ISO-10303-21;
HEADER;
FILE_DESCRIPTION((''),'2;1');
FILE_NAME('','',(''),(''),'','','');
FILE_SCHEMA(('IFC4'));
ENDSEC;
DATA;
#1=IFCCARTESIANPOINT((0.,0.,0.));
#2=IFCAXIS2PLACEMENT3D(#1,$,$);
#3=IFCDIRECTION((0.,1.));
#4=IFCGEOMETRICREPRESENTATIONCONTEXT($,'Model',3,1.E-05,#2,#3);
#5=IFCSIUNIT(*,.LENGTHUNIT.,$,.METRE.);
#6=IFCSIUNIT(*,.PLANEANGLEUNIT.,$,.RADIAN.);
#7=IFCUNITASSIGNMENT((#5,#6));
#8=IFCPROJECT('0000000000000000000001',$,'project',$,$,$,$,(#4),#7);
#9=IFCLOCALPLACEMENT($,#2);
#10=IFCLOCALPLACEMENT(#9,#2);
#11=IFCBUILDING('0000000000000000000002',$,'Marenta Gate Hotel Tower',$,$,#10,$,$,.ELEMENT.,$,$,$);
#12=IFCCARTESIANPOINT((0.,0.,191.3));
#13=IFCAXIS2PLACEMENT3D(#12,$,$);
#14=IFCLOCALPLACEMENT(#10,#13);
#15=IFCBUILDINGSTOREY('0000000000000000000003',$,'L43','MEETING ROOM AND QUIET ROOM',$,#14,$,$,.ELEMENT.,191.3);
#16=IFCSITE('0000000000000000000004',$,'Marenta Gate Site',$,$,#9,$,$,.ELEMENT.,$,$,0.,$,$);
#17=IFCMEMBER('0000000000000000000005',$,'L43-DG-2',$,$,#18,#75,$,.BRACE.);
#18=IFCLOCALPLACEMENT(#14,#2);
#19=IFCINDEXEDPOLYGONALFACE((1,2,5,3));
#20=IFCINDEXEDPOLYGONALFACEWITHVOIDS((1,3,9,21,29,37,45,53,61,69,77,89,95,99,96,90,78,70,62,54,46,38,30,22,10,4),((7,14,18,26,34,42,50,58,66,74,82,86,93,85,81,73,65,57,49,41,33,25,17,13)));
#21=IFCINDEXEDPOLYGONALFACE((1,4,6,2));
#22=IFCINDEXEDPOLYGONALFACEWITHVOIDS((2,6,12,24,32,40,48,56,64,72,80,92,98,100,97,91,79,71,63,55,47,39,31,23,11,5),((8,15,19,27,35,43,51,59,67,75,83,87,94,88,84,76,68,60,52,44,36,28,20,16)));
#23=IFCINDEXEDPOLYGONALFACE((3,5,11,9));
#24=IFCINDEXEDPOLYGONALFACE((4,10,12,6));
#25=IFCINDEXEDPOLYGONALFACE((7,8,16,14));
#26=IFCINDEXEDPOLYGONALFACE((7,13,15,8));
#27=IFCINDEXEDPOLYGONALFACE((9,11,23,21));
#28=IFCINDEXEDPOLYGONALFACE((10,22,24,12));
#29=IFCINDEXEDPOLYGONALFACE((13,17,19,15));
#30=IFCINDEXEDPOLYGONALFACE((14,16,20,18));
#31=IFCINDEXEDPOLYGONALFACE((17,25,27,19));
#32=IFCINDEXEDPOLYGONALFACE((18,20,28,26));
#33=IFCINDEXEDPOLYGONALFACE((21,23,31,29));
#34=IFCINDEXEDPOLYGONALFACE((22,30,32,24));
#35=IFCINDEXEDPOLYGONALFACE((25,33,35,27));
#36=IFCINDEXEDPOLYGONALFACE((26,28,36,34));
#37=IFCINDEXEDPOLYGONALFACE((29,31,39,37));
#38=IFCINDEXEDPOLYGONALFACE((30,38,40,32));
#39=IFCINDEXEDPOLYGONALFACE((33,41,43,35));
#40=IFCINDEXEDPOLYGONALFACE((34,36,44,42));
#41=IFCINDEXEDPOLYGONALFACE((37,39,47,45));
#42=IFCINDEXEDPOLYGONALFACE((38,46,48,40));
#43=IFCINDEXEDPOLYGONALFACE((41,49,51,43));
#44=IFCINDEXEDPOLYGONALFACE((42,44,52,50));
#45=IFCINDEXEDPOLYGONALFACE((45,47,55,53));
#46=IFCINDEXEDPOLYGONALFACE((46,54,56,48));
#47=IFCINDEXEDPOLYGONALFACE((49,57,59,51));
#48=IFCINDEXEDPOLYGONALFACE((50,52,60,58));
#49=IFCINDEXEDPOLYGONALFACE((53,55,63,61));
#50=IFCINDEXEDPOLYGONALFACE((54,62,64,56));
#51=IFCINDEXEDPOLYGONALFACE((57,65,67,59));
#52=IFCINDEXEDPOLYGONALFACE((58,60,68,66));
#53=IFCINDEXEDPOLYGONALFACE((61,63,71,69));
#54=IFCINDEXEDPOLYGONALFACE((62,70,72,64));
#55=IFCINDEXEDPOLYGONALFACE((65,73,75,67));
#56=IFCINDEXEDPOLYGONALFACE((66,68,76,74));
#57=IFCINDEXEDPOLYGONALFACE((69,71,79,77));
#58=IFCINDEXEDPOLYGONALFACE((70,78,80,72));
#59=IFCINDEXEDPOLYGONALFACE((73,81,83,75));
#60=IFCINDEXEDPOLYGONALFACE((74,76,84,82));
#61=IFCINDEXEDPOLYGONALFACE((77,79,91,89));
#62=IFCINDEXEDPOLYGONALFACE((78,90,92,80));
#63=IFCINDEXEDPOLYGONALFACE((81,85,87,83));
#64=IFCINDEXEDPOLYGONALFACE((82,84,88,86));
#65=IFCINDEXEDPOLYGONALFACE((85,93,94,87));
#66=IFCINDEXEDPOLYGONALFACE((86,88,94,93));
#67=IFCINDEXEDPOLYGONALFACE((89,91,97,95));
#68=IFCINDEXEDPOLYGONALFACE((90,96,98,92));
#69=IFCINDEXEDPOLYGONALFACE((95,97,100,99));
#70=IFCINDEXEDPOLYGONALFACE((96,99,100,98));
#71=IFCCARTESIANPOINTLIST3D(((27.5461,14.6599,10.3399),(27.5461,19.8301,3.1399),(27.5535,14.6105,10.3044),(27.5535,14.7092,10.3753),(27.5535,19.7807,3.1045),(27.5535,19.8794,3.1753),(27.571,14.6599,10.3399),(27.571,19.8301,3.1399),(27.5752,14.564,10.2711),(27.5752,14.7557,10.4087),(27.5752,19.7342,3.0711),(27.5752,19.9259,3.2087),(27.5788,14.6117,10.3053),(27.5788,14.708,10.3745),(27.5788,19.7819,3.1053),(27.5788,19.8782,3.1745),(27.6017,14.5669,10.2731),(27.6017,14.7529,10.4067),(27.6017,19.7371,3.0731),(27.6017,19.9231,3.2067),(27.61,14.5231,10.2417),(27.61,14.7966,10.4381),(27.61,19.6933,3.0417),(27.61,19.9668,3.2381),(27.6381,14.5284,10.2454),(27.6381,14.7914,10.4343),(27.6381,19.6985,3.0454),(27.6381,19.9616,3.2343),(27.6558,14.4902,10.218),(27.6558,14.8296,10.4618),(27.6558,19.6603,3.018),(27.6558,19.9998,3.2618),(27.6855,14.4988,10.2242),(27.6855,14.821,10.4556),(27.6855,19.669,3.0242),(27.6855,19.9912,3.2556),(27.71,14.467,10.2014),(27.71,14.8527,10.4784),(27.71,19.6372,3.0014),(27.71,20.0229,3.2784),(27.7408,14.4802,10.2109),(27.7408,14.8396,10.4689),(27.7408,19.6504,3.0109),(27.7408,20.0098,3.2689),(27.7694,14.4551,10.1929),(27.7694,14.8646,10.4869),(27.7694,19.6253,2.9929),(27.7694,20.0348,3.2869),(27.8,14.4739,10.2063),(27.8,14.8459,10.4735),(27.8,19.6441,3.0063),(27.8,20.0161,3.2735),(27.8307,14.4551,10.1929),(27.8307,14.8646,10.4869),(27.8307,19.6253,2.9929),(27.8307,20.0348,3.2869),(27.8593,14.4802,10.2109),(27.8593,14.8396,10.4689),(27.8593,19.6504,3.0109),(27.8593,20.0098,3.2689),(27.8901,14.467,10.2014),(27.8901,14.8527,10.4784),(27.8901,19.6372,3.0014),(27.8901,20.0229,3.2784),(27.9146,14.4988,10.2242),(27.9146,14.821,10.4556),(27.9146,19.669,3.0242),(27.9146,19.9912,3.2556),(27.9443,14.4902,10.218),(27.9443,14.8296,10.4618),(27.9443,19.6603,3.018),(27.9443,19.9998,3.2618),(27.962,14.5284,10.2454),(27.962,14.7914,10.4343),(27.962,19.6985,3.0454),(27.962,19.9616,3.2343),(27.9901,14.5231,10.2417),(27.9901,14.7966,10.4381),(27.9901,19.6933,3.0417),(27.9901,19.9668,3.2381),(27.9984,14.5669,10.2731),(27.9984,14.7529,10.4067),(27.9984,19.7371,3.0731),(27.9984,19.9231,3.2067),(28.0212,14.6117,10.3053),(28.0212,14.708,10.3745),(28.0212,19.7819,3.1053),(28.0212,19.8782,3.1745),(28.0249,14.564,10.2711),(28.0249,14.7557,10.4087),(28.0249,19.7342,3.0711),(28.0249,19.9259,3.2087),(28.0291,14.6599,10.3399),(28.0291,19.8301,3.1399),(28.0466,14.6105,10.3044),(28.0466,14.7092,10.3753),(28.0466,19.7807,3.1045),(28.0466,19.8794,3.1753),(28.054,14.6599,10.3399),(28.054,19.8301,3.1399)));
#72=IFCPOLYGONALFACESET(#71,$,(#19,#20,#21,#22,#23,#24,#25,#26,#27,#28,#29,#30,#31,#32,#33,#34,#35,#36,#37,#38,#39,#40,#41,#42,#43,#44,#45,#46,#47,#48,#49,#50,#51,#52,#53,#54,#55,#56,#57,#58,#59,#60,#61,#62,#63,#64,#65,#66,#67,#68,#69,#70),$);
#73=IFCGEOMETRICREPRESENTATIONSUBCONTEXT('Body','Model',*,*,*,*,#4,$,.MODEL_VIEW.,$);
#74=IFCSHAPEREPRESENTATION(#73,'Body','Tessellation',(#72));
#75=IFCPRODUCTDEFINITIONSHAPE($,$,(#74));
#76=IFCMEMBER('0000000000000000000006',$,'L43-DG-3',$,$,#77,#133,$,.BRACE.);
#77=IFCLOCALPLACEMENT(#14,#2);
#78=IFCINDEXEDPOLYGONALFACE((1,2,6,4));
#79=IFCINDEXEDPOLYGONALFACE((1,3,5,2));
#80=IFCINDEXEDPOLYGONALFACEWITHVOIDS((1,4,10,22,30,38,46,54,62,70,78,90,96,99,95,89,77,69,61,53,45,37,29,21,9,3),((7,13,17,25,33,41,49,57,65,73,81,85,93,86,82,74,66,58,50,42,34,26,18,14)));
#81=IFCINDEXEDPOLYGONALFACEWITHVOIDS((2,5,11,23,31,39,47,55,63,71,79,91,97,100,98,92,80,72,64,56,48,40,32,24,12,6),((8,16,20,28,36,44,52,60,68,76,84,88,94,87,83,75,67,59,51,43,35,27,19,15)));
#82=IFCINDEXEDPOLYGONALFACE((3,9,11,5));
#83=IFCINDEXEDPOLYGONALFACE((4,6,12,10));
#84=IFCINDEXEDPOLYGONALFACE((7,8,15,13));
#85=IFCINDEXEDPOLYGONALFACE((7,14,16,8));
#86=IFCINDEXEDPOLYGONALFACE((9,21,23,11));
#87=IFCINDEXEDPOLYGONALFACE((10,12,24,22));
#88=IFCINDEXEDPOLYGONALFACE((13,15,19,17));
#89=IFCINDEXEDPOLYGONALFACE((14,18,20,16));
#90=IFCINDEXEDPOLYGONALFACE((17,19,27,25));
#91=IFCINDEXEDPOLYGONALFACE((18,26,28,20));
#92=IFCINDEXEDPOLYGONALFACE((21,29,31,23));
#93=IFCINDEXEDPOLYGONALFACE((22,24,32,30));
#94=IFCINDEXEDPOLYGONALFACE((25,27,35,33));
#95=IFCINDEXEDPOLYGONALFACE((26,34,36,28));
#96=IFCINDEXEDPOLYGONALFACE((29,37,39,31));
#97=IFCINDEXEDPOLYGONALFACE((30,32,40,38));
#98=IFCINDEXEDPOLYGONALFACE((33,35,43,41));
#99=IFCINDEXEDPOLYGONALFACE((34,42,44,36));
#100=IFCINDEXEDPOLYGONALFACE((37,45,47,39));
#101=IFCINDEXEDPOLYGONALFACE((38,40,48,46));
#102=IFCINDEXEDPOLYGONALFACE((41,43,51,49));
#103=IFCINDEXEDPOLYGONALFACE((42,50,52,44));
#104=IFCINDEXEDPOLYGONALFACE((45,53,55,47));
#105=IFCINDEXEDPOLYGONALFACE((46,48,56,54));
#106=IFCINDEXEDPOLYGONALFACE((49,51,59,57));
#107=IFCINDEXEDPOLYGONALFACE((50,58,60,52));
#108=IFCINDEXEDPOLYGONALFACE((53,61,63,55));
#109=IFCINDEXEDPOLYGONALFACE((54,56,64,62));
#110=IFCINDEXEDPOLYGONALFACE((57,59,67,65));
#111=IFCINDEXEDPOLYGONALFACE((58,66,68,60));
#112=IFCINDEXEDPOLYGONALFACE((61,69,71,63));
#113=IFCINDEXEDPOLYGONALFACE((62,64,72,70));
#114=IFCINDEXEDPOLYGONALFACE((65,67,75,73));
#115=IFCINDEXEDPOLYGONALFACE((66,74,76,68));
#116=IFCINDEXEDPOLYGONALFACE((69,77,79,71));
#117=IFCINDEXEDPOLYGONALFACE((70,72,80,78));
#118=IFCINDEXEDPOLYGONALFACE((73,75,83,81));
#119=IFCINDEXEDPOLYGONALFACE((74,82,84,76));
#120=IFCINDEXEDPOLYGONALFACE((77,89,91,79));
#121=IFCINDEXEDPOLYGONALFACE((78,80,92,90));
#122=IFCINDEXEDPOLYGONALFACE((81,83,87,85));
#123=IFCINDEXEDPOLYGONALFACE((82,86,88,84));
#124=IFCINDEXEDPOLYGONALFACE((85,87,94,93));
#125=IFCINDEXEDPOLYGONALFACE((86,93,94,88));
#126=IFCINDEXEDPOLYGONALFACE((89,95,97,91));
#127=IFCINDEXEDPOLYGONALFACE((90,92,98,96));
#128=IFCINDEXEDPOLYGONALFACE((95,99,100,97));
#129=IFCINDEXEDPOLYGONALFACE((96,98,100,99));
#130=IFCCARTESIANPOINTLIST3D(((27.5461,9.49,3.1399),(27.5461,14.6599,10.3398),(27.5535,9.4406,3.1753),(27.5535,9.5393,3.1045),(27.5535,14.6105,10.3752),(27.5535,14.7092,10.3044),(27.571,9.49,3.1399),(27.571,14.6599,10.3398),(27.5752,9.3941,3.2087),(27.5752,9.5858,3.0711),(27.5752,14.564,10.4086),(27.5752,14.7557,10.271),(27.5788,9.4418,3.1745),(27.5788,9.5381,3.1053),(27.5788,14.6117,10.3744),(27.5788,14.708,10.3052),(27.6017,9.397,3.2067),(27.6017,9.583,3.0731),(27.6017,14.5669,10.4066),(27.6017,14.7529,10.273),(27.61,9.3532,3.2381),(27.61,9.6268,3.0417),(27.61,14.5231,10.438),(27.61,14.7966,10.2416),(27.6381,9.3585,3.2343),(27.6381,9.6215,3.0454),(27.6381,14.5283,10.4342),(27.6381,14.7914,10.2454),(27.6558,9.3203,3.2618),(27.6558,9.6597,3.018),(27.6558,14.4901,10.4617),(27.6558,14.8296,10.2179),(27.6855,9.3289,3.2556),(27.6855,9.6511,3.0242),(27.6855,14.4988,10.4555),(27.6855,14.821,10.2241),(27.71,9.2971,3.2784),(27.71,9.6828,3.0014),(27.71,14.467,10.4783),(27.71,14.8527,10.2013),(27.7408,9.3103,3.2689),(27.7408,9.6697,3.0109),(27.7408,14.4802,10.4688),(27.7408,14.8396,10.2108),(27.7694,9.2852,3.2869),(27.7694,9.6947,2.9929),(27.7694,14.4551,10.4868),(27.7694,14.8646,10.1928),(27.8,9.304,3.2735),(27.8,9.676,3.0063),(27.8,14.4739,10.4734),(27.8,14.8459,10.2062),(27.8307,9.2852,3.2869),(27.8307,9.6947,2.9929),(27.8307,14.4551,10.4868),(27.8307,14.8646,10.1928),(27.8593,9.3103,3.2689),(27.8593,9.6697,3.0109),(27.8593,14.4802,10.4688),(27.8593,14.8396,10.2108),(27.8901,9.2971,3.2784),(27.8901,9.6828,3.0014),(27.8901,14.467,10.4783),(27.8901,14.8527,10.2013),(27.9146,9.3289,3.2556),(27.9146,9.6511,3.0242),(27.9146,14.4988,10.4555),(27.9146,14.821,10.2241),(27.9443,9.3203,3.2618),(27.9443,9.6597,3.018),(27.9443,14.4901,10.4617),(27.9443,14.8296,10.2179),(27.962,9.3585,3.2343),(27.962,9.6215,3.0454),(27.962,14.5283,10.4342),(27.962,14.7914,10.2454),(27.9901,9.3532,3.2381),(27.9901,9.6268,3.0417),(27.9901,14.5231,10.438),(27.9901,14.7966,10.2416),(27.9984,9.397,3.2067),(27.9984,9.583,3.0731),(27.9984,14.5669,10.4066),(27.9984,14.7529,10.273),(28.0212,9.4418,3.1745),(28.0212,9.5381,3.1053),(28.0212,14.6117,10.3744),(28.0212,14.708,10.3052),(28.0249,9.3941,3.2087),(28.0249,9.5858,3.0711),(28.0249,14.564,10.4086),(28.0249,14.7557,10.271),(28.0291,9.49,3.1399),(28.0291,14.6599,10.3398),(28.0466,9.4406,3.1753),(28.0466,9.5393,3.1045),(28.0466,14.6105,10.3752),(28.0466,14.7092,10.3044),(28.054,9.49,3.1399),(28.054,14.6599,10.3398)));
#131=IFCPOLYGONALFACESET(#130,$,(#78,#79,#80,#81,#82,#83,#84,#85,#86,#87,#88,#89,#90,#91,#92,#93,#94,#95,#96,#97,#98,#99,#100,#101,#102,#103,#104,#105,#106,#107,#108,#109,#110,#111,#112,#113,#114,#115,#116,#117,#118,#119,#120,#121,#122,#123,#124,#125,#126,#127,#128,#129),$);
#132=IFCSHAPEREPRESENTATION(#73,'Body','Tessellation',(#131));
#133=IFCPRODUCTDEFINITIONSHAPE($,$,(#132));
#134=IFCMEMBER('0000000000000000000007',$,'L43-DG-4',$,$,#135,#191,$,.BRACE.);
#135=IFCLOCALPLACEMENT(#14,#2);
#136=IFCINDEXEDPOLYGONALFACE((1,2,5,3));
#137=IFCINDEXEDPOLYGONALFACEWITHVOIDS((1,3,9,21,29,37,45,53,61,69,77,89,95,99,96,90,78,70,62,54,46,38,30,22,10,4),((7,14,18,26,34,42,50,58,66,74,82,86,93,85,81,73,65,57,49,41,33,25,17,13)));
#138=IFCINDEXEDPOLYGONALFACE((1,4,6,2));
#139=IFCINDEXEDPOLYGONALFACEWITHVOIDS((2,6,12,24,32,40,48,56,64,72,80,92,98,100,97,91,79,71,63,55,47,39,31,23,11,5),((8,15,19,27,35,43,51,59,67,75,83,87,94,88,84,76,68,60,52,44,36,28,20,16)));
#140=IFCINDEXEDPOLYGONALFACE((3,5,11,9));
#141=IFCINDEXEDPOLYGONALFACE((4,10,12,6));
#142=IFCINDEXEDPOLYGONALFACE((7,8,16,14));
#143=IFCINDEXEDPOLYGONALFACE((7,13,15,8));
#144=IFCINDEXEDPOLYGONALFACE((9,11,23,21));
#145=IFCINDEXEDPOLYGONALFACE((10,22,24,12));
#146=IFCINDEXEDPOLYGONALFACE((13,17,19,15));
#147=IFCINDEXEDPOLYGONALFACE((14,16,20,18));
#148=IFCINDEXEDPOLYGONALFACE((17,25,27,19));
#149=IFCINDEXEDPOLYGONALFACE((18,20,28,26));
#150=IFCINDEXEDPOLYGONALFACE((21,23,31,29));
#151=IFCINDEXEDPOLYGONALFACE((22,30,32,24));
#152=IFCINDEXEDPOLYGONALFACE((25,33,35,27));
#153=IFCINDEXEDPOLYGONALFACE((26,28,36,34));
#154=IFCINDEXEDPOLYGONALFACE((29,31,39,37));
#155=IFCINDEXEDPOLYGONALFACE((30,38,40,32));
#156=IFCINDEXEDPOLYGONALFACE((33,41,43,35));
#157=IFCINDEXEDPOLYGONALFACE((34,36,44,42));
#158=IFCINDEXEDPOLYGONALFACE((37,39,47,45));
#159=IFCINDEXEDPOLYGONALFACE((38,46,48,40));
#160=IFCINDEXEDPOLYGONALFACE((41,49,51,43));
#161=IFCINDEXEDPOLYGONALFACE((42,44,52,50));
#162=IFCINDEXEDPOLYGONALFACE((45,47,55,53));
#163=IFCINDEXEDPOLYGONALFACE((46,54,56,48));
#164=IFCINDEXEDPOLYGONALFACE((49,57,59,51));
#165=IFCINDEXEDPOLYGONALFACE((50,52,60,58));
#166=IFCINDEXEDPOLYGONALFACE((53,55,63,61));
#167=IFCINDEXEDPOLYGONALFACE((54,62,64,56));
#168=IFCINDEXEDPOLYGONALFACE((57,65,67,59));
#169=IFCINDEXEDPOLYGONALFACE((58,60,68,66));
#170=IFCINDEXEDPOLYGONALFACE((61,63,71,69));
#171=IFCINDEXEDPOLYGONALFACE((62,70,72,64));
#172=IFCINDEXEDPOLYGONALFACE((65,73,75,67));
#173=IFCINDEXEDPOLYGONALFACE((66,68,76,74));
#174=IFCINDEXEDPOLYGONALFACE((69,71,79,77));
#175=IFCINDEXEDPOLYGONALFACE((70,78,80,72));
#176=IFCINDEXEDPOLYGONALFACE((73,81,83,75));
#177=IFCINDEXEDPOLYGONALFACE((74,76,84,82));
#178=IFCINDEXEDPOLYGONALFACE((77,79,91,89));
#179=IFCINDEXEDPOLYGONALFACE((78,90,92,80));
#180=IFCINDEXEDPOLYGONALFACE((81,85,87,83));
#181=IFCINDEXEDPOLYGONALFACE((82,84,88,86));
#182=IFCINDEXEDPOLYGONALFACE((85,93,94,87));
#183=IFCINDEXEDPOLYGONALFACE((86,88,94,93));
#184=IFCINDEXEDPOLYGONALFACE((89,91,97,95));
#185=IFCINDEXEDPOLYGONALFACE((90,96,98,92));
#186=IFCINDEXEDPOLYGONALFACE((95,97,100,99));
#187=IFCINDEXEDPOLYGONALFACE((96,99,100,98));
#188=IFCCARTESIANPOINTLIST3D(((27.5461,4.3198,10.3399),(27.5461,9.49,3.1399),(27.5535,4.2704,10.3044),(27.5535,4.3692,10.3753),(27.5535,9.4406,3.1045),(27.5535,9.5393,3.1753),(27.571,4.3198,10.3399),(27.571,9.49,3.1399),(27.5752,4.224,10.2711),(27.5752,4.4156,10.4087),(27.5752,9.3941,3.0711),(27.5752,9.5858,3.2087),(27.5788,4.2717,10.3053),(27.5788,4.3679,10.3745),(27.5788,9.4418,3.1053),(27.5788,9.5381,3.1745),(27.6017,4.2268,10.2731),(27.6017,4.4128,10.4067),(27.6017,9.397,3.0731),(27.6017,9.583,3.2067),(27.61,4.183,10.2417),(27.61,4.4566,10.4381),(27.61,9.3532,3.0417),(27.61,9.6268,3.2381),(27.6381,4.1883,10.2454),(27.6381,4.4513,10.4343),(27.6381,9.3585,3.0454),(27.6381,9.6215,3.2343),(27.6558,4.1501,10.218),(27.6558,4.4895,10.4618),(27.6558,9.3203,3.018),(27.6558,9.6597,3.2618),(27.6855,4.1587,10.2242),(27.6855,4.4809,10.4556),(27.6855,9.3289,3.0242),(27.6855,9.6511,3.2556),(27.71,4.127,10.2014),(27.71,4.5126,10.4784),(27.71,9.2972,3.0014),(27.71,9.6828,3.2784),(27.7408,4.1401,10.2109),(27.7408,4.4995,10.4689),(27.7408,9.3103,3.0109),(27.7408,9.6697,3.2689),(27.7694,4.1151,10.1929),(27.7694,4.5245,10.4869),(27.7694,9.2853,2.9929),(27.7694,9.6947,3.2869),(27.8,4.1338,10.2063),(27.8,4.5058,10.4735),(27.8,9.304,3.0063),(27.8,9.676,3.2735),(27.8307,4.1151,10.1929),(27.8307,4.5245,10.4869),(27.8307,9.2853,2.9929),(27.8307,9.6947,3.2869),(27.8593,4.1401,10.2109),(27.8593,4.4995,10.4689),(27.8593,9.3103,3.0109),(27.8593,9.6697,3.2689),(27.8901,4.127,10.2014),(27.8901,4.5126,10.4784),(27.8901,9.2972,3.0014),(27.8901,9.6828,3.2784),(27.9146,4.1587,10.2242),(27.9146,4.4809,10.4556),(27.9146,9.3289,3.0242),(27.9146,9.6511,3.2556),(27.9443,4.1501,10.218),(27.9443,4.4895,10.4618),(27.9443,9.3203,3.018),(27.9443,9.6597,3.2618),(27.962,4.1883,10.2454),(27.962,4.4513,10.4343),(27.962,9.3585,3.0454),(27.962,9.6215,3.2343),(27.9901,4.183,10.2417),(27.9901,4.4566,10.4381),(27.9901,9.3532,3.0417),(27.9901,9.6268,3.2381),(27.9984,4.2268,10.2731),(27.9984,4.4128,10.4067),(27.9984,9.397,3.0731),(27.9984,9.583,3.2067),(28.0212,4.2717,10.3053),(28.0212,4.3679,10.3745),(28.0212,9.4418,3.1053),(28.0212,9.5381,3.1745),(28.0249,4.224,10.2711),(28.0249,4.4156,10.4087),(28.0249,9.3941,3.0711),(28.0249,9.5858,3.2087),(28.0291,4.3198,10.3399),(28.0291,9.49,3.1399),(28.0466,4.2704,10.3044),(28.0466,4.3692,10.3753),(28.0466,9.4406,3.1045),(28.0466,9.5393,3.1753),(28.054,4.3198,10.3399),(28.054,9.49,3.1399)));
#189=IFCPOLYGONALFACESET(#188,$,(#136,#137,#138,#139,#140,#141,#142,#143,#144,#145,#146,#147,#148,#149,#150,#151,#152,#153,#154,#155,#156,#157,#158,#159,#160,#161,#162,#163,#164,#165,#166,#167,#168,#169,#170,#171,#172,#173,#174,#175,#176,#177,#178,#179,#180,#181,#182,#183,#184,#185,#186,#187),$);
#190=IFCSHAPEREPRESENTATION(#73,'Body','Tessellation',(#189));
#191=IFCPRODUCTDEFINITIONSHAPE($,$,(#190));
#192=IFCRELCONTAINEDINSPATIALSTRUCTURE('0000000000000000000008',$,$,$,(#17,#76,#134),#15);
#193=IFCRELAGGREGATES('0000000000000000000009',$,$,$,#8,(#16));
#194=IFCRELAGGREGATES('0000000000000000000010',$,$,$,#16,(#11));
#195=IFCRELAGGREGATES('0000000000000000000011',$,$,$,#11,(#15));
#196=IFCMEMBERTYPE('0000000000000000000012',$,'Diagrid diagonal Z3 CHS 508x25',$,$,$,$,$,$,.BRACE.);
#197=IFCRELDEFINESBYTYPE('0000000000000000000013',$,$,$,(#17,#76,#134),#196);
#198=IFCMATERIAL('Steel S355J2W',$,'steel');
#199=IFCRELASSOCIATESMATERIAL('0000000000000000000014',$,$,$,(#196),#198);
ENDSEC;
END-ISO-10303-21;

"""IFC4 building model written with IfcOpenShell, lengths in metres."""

from ifc_helpers import new_model, si_unit, direction, frame, origin, origin_2d, place, context, subcontext, project, spatial, hollow_circle, extrude, material, material_profile, profile_set, type_object, element, save


model = new_model("IFC4")

# Units and contexts
model_context = context("Model", 3, precision=1e-05, world=origin(), true_north=direction((0.0, 1.0)))
body_context = subcontext(model_context, "Body", "Model", "MODEL_VIEW")
ifc_project = project(units=[si_unit("LENGTHUNIT", "METRE"), si_unit("PLANEANGLEUNIT", "RADIAN")], contexts=[model_context])

# Site, building, storey
site_placement = place(None, origin())
site = spatial("IfcSite", under=ifc_project, at=site_placement, Name="Marenta Gate Site", CompositionType="ELEMENT", RefElevation=0.0)
building_placement = place(site_placement, origin())
building = spatial("IfcBuilding", under=site, at=building_placement, Name="Marenta Gate Hotel Tower", CompositionType="ELEMENT")
storey_placement = place(building_placement, frame((0.0, 0.0, 191.3)))
storey = spatial("IfcBuildingStorey", under=building, at=storey_placement, Name="L43", Description="MEETING ROOM AND QUIET ROOM", CompositionType="ELEMENT", Elevation=191.3)

# Members
ifc_material_1 = material(Name="Steel S355J2W", Category="steel")
ifc_material_profile_1 = material_profile(ifc_material_1, hollow_circle(Radius=0.2539, WallThickness=0.0249, at=origin_2d()), Name="CHS 508x25")
ifc_profile_set_1 = profile_set([ifc_material_profile_1], Name="Steel S355J2W")
member_type_1 = type_object("IfcMemberType", Name="Diagrid diagonal Z3 CHS 508x25", PredefinedType="BRACE", material=ifc_profile_set_1)
member_1_placement = place(storey_placement, frame((27.8, 19.8301, 3.1399), z_axis=(0.0, -0.583279, 0.812272), x_axis=(1.0, 0.0, 0.0)))
element("IfcMember", 1, at=member_1_placement, inside=storey, type_object=member_type_1, Name="L43-DG-2", PredefinedType="BRACE", context=body_context, shape_type="SweptSolid", body=[
    extrude(hollow_circle(Radius=0.2539, WallThickness=0.0249, at=origin_2d()), origin(), (0.0, 0.0, 1.0), 8.864),
])
member_2_placement = place(storey_placement, frame((27.8, 9.49, 3.1399), z_axis=(0.0, 0.583261, 0.812285), x_axis=(-1.0, 0.0, 0.0)))
element("IfcMember", 2, at=member_2_placement, inside=storey, type_object=member_type_1, Name="L43-DG-3", PredefinedType="BRACE", context=body_context, shape_type="SweptSolid", body=[
    extrude(hollow_circle(Radius=0.2539, WallThickness=0.0249, at=origin_2d()), origin(), (0.0, 0.0, 1.0), 8.8638),
])
member_3_placement = place(storey_placement, frame((27.8, 9.49, 3.1399), z_axis=(0.0, -0.583279, 0.812272), x_axis=(1.0, 0.0, 0.0)))
element("IfcMember", 3, at=member_3_placement, inside=storey, type_object=member_type_1, Name="L43-DG-4", PredefinedType="BRACE", context=body_context, shape_type="SweptSolid", body=[
    extrude(hollow_circle(Radius=0.2539, WallThickness=0.0249, at=origin_2d()), origin(), (0.0, 0.0, 1.0), 8.864),
])

save(model, "model.ifc")
